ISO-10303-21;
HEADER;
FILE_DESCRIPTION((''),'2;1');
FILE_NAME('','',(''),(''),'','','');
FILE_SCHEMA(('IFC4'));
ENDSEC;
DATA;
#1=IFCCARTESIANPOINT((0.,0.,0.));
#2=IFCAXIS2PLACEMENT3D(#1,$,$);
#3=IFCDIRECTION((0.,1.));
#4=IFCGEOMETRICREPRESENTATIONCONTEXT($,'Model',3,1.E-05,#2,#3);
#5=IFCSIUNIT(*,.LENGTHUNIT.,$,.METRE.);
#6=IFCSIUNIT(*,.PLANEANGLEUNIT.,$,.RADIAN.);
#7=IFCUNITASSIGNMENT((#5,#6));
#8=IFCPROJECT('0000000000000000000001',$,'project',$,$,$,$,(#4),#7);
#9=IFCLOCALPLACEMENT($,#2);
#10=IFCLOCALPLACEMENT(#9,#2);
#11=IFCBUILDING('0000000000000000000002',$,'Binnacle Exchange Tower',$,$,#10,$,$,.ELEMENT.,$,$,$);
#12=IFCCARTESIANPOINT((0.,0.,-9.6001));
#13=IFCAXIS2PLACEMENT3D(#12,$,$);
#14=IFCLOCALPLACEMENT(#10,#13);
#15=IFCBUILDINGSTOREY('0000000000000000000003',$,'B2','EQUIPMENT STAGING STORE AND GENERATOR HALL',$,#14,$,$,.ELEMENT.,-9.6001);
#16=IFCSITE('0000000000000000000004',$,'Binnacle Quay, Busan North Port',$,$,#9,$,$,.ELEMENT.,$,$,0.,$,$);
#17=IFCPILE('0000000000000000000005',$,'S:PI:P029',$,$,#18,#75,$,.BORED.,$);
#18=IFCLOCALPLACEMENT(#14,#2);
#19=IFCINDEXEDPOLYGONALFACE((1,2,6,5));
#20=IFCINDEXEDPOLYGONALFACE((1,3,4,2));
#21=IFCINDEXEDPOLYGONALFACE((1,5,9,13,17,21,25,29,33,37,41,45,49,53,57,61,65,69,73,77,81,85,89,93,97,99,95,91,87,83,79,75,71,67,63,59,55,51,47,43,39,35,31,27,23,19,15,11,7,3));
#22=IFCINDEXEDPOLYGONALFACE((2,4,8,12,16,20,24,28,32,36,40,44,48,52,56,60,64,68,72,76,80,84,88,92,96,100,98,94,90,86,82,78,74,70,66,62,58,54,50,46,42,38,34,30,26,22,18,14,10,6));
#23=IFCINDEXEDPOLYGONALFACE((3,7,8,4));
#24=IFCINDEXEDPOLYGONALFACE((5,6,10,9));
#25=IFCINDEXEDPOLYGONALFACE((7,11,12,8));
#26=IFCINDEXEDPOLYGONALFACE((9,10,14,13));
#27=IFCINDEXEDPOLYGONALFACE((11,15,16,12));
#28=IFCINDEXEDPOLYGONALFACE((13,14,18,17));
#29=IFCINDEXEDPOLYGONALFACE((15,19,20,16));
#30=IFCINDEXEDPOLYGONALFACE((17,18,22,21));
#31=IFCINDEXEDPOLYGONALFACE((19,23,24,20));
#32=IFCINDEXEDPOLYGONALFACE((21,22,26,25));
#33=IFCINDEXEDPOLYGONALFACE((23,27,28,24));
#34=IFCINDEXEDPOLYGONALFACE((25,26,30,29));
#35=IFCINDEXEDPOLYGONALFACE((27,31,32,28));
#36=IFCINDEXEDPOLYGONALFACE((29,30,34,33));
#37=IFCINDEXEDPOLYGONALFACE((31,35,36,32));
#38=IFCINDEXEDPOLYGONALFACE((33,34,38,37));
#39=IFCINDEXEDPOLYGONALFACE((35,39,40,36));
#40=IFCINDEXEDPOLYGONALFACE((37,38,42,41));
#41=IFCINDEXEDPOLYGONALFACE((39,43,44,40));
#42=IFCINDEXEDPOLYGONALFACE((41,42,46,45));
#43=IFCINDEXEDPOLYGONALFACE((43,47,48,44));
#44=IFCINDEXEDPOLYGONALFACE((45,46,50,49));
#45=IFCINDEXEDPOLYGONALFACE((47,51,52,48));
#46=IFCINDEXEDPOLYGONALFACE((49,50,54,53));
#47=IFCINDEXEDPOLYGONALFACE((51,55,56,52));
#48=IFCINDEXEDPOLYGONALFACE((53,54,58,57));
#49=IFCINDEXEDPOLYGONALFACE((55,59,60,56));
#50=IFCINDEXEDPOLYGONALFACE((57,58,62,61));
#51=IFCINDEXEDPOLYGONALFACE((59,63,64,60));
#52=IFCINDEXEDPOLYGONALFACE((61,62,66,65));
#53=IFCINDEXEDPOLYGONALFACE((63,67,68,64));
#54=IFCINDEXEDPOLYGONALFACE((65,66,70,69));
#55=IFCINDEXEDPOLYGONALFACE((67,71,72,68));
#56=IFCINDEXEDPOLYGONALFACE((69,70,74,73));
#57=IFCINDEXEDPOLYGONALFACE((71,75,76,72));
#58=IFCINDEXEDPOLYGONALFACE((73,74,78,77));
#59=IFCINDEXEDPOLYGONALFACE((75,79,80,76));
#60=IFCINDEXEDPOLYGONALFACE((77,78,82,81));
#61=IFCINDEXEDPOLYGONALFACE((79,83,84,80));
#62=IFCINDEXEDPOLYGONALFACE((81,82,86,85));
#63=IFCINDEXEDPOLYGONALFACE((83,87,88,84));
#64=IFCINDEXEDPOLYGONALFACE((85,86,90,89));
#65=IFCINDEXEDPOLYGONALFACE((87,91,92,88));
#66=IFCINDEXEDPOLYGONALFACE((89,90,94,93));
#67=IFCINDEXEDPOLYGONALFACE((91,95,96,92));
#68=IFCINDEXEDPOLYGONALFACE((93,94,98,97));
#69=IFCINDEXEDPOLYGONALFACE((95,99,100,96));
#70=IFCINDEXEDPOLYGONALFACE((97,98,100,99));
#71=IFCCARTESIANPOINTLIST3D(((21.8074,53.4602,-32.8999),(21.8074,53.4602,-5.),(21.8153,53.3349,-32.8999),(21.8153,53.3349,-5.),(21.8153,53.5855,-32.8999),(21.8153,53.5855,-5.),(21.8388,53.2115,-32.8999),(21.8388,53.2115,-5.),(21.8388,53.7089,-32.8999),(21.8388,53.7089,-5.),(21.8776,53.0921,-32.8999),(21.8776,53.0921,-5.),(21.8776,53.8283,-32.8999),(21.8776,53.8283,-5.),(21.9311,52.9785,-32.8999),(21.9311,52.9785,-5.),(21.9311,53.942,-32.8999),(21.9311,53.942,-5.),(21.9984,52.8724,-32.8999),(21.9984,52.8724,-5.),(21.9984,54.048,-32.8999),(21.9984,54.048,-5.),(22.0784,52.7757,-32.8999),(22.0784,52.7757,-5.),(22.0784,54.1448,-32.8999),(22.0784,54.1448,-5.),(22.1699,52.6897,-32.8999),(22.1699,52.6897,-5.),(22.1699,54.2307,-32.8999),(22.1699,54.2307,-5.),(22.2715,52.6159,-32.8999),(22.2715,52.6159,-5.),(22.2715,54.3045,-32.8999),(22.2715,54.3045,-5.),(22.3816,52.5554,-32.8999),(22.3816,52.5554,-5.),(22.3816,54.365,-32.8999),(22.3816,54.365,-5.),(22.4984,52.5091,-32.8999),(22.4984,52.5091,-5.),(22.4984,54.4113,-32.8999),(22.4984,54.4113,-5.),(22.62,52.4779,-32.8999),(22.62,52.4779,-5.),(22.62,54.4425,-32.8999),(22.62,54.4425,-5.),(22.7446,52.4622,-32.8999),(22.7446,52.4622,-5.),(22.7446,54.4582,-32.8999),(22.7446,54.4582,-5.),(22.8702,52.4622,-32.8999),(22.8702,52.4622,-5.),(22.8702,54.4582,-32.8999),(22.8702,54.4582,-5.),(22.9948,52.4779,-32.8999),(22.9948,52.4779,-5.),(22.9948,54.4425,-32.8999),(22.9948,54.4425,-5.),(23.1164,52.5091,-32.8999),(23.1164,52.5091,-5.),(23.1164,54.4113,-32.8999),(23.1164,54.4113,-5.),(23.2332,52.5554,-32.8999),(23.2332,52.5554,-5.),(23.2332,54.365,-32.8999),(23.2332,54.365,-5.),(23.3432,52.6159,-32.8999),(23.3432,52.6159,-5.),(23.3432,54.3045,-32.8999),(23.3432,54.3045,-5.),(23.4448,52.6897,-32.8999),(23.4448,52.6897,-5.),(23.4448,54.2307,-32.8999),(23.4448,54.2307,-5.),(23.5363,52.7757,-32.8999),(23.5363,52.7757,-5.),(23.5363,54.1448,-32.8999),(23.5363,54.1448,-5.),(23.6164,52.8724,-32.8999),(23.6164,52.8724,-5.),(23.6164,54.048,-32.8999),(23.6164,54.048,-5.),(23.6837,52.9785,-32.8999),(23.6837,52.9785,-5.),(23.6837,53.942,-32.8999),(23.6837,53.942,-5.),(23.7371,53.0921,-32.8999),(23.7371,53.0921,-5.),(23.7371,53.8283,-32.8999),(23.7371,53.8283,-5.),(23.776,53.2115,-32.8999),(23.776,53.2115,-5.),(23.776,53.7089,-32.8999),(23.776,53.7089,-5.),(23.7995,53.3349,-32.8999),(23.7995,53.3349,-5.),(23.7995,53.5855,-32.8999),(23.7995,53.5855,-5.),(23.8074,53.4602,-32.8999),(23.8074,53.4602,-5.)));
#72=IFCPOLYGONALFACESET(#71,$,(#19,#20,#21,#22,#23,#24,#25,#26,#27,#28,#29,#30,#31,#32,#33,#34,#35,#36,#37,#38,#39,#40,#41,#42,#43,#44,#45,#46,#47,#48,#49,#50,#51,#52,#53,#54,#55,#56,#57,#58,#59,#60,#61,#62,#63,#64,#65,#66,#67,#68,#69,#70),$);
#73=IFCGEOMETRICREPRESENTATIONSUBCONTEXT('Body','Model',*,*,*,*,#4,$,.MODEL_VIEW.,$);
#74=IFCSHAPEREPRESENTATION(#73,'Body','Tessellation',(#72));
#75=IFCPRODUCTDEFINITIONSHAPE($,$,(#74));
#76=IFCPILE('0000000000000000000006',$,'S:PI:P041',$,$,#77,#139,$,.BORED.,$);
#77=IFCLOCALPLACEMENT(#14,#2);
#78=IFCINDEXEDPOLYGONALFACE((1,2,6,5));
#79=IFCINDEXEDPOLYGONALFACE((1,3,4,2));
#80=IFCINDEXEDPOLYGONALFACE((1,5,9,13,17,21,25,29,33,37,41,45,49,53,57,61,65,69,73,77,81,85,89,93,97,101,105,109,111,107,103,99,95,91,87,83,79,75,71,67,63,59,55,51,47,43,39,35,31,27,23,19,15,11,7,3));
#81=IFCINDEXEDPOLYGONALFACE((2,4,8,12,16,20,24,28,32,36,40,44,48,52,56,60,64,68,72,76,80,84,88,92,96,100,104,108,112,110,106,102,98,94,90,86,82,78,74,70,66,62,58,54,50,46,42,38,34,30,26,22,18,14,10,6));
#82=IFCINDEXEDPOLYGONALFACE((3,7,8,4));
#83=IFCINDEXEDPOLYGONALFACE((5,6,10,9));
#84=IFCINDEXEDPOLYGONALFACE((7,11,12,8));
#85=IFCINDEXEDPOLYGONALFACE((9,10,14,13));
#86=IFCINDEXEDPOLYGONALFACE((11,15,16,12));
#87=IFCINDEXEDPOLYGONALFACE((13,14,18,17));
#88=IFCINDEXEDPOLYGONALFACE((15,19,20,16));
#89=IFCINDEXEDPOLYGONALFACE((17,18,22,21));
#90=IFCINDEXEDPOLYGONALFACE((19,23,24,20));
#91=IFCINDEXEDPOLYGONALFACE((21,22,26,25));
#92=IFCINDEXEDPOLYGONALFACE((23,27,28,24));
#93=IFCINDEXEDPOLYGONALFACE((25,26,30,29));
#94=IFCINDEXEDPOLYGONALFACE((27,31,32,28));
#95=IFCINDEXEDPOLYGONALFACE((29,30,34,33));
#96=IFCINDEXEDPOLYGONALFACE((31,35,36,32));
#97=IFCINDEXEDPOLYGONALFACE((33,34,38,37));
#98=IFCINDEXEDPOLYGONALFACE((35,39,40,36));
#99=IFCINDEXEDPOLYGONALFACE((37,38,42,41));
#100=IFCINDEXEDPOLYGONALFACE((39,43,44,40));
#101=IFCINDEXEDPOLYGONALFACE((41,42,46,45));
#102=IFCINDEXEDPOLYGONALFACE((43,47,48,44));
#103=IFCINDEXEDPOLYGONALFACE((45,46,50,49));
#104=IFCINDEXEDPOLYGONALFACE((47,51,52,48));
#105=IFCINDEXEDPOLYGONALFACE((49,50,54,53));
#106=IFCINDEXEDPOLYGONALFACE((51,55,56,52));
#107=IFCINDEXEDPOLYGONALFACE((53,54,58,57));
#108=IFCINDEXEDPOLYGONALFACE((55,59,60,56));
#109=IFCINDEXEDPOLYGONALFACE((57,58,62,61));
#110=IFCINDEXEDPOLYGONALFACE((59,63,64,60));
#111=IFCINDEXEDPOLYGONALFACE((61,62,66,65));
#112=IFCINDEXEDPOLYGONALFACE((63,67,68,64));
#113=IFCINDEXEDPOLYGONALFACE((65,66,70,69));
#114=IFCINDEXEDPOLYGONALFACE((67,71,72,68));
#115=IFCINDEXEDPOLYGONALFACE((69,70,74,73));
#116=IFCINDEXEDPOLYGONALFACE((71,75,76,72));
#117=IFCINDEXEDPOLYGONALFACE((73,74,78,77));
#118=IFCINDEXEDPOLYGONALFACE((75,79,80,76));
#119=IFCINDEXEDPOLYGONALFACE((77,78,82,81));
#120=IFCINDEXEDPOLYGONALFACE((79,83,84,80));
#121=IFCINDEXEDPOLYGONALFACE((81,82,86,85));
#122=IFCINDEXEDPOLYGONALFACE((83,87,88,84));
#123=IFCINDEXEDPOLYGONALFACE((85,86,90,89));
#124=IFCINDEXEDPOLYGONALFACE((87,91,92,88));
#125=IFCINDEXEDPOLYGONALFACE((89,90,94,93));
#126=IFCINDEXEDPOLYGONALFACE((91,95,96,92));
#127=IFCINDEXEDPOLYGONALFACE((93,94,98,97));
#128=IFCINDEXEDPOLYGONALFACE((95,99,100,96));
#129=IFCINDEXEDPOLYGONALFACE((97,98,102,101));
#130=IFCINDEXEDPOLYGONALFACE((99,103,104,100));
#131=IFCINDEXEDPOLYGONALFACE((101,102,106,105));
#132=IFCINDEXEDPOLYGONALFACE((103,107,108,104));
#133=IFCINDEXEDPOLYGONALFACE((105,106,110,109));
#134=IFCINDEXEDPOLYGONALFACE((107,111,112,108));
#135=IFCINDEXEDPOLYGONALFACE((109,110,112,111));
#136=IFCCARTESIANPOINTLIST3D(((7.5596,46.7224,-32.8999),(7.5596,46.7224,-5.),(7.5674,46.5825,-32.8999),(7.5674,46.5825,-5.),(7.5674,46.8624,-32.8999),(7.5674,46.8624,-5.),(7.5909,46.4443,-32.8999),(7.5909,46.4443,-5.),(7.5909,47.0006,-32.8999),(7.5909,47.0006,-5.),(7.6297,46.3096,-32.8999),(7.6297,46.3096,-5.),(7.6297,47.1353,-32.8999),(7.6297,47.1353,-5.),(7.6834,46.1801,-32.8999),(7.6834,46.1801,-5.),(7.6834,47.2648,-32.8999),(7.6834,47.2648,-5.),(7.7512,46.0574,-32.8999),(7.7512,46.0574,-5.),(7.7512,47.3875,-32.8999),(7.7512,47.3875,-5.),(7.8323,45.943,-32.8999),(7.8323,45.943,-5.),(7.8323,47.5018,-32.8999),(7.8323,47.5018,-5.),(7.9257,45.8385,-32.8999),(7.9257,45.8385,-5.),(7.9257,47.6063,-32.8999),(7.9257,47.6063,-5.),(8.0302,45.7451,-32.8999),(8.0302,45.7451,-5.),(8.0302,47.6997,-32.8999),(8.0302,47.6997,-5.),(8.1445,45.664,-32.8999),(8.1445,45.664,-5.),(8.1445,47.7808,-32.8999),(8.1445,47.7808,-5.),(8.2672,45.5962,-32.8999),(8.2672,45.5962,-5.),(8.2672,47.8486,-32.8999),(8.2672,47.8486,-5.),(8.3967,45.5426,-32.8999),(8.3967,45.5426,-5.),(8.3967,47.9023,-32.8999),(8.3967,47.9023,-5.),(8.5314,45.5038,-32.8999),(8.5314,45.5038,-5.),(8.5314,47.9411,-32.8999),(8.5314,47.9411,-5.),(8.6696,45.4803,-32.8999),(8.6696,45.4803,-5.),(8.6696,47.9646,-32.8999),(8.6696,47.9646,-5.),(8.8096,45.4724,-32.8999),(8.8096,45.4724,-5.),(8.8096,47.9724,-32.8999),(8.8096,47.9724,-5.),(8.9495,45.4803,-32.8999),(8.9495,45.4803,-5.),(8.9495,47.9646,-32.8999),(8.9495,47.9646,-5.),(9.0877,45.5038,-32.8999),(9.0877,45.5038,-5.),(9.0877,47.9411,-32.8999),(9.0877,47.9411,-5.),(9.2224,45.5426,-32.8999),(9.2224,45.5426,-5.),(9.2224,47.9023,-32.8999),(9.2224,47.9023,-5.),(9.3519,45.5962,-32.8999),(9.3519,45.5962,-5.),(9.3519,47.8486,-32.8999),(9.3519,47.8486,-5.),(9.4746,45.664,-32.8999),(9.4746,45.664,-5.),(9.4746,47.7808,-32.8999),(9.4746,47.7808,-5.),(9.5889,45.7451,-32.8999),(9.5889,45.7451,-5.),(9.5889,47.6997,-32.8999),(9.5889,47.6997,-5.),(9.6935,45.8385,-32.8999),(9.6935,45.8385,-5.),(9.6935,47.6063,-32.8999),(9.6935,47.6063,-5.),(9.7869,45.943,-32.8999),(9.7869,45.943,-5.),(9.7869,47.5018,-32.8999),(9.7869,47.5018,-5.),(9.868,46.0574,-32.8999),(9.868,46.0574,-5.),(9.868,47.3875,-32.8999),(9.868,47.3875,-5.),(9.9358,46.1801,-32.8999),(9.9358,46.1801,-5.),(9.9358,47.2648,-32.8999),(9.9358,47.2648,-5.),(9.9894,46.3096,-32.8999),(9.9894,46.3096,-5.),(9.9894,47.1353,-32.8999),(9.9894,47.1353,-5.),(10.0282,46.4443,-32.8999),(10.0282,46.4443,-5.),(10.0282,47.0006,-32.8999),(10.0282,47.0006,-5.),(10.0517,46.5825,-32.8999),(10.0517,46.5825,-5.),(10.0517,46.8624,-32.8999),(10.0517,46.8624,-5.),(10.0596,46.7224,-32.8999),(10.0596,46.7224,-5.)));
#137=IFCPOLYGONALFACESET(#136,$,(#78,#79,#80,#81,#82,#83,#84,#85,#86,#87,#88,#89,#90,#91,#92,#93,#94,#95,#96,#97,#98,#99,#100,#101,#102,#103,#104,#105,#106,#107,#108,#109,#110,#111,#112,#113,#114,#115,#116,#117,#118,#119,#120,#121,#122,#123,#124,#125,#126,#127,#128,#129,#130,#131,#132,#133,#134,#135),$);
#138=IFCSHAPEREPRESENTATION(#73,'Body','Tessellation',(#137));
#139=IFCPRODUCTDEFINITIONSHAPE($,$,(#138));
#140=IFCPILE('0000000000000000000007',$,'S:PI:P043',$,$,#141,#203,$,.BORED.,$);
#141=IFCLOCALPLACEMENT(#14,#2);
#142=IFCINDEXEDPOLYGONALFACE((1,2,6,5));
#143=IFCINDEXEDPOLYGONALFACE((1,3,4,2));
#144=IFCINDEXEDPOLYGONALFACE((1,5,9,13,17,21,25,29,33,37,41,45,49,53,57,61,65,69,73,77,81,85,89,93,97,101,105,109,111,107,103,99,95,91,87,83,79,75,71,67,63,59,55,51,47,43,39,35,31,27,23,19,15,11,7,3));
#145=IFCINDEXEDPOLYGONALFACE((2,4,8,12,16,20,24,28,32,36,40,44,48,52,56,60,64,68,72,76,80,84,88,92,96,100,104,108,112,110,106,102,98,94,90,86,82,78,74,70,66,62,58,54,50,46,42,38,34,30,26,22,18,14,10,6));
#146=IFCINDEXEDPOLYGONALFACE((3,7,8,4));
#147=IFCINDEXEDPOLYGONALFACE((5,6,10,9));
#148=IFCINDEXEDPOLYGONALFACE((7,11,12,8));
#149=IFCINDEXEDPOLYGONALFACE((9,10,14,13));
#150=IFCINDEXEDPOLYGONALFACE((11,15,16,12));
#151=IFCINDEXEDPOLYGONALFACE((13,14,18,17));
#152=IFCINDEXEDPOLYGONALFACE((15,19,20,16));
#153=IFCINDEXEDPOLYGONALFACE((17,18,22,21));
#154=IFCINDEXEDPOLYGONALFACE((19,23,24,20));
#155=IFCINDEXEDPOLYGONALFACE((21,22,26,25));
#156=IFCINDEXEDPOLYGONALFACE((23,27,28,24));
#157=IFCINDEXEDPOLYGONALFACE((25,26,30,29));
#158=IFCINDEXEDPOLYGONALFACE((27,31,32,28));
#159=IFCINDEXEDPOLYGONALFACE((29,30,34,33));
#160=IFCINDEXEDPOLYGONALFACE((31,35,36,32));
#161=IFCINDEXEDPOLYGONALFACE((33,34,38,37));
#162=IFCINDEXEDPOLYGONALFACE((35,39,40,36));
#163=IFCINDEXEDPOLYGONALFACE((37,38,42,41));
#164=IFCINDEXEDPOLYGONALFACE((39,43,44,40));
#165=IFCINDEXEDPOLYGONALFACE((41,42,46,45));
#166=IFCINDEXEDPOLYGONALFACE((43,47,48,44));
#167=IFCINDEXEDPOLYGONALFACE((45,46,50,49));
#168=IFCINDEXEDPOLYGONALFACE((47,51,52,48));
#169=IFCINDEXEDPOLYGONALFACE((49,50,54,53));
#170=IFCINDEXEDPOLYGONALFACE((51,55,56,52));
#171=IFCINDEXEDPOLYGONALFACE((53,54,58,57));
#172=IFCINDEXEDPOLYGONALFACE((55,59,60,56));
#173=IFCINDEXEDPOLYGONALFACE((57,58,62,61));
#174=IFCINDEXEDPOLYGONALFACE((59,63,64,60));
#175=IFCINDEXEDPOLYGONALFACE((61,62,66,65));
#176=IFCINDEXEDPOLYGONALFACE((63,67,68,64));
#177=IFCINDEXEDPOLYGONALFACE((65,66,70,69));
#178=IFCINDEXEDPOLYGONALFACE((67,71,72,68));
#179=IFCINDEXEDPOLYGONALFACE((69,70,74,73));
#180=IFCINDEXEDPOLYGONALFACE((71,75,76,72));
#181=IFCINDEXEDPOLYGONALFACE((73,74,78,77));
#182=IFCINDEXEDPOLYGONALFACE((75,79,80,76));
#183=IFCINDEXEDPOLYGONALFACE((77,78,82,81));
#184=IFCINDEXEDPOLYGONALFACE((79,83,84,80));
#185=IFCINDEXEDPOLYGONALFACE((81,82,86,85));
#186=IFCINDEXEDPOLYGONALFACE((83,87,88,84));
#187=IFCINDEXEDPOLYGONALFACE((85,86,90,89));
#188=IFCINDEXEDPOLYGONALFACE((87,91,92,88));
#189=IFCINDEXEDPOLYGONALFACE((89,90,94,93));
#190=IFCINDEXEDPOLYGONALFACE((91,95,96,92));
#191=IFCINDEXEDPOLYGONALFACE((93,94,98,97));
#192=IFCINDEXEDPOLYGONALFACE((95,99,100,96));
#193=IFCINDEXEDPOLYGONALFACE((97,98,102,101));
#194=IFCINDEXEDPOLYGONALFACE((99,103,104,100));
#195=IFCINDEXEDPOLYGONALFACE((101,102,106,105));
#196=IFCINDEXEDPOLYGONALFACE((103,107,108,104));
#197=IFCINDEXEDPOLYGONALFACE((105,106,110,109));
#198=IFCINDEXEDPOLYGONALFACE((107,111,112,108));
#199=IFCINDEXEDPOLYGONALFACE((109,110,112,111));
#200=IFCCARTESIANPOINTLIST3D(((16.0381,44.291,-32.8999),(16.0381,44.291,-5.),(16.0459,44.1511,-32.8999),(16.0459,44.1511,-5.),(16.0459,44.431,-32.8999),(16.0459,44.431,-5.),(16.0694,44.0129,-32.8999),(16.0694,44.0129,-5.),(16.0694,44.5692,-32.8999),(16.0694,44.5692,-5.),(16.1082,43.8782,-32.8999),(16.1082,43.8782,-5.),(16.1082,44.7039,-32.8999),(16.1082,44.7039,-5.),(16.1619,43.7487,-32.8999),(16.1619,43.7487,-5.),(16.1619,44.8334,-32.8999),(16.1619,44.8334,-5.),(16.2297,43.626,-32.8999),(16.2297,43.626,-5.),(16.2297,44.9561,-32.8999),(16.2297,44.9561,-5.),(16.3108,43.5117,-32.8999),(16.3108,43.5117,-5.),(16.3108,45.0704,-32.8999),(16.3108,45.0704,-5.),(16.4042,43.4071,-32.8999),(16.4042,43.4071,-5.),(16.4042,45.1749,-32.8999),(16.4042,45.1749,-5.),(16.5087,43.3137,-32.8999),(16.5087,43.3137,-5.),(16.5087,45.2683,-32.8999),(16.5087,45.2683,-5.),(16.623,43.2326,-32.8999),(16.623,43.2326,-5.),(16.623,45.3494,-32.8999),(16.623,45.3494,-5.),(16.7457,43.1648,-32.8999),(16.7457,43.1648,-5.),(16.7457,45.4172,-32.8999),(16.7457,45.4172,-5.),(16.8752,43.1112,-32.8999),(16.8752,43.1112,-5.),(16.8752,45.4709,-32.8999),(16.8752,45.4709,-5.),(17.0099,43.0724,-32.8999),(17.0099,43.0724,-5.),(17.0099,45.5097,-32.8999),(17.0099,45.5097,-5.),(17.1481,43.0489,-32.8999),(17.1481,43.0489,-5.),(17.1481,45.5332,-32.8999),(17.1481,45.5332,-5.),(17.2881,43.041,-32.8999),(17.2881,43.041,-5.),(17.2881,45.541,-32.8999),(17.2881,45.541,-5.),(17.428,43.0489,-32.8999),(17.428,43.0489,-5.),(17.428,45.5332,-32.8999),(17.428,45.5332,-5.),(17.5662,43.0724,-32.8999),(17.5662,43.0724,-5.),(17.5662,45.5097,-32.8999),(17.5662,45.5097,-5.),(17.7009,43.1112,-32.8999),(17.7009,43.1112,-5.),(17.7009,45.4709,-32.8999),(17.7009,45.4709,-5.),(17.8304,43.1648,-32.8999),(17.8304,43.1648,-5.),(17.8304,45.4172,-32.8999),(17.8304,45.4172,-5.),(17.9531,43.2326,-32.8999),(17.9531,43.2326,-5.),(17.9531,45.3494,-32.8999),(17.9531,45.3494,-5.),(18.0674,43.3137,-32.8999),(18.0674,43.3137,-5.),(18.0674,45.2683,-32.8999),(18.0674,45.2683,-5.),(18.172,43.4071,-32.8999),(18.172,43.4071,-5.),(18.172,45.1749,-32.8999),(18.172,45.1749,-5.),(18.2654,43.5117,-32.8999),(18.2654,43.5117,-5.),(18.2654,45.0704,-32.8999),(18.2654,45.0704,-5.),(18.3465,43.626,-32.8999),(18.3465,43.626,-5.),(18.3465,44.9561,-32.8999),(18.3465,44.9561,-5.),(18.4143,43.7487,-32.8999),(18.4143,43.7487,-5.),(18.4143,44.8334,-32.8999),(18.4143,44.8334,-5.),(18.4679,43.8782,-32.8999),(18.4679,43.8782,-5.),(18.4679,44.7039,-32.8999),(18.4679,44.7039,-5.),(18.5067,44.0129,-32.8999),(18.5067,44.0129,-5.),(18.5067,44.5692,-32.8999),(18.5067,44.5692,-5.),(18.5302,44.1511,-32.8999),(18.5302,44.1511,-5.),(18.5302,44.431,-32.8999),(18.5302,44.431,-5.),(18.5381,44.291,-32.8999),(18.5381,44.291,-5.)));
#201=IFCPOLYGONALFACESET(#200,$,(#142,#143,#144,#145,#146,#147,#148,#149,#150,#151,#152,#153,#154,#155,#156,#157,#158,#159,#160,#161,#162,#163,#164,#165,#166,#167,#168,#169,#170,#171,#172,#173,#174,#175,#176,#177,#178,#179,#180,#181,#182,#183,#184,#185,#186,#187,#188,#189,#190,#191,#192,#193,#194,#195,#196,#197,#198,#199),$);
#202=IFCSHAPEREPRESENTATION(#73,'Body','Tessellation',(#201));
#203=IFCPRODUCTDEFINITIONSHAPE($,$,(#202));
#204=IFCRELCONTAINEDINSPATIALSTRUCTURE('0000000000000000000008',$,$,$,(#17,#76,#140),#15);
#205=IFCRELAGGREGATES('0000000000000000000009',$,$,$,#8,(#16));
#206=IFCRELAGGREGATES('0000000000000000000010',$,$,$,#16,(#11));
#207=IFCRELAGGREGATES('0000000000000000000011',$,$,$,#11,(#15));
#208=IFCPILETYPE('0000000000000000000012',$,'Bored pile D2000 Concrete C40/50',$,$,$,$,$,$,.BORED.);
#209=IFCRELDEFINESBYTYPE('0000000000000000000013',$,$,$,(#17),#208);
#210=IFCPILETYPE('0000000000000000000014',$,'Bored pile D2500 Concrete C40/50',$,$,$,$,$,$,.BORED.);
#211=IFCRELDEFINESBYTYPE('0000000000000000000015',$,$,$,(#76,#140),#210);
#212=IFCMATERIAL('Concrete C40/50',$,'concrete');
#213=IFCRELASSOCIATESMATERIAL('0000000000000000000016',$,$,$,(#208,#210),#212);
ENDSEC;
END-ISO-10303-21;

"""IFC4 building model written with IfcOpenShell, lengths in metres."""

from ifc_helpers import new_model, si_unit, direction, frame, origin, origin_2d, place, context, subcontext, project, spatial, circle, extrude, material, material_profile, profile_set, type_object, element, save


model = new_model("IFC4")

# Units and contexts
model_context = context("Model", 3, precision=1e-05, world=origin(), true_north=direction((0.0, 1.0)))
body_context = subcontext(model_context, "Body", "Model", "MODEL_VIEW")
ifc_project = project(units=[si_unit("LENGTHUNIT", "METRE"), si_unit("PLANEANGLEUNIT", "RADIAN")], contexts=[model_context])

# Site, building, storey
site_placement = place(None, origin())
site = spatial("IfcSite", under=ifc_project, at=site_placement, Name="Binnacle Quay, Busan North Port", CompositionType="ELEMENT", RefElevation=0.0)
building_placement = place(site_placement, origin())
building = spatial("IfcBuilding", under=site, at=building_placement, Name="Binnacle Exchange Tower", CompositionType="ELEMENT")
storey_placement = place(building_placement, frame((0.0, 0.0, -9.6001)))
storey = spatial("IfcBuildingStorey", under=building, at=storey_placement, Name="B2", Description="EQUIPMENT STAGING STORE AND GENERATOR HALL", CompositionType="ELEMENT", Elevation=-9.6001)

# Piles
ifc_material_1 = material(Name="Concrete C40/50", Category="concrete")
ifc_material_profile_1 = material_profile(ifc_material_1, circle(Radius=1.0, at=origin_2d()), Name="Bored pile D2000")
ifc_profile_set_1 = profile_set([ifc_material_profile_1], Name="Concrete C40/50")
pile_type_1 = type_object("IfcPileType", Name="Bored pile D2000 Concrete C40/50", PredefinedType="BORED", material=ifc_profile_set_1)
pile_placement = place(storey_placement, frame((22.8074, 53.4602, -5.0), z_axis=(0.0, 0.0, -1.0), x_axis=(1.0, 0.0, 0.0)))
element("IfcPile", 1, at=pile_placement, inside=storey, type_object=pile_type_1, Name="S:PI:P029", PredefinedType="BORED", context=body_context, shape_type="SweptSolid", body=[
    extrude(circle(Radius=1.0, at=origin_2d()), origin(), (0.0, 0.0, 1.0), 27.8999),
])
ifc_material_profile_2 = material_profile(ifc_material_1, circle(Radius=1.25, at=origin_2d()), Name="Bored pile D2500")
ifc_profile_set_2 = profile_set([ifc_material_profile_2], Name="Concrete C40/50")
pile_type_2 = type_object("IfcPileType", Name="Bored pile D2500 Concrete C40/50", PredefinedType="BORED", material=ifc_profile_set_2)
for number, where, z_axis, x_axis, name in (
    (2, (8.8096, 46.7224, -5.0), (0.0, 0.0, -1.0), (1.0, 0.0, 0.0), "S:PI:P041"),
    (3, (17.2881, 44.291, -5.0), (0.0, 0.0, -1.0), (1.0, 0.0, 0.0), "S:PI:P043"),
):
    element("IfcPile", number, at=place(storey_placement, frame(where, z_axis=z_axis, x_axis=x_axis)), inside=storey, type_object=pile_type_2, Name=name, PredefinedType="BORED", context=body_context, shape_type="SweptSolid", body=[
        extrude(circle(Radius=1.25, at=origin_2d()), origin(), (0.0, 0.0, 1.0), 27.8999),
    ])

save(model, "model.ifc")
